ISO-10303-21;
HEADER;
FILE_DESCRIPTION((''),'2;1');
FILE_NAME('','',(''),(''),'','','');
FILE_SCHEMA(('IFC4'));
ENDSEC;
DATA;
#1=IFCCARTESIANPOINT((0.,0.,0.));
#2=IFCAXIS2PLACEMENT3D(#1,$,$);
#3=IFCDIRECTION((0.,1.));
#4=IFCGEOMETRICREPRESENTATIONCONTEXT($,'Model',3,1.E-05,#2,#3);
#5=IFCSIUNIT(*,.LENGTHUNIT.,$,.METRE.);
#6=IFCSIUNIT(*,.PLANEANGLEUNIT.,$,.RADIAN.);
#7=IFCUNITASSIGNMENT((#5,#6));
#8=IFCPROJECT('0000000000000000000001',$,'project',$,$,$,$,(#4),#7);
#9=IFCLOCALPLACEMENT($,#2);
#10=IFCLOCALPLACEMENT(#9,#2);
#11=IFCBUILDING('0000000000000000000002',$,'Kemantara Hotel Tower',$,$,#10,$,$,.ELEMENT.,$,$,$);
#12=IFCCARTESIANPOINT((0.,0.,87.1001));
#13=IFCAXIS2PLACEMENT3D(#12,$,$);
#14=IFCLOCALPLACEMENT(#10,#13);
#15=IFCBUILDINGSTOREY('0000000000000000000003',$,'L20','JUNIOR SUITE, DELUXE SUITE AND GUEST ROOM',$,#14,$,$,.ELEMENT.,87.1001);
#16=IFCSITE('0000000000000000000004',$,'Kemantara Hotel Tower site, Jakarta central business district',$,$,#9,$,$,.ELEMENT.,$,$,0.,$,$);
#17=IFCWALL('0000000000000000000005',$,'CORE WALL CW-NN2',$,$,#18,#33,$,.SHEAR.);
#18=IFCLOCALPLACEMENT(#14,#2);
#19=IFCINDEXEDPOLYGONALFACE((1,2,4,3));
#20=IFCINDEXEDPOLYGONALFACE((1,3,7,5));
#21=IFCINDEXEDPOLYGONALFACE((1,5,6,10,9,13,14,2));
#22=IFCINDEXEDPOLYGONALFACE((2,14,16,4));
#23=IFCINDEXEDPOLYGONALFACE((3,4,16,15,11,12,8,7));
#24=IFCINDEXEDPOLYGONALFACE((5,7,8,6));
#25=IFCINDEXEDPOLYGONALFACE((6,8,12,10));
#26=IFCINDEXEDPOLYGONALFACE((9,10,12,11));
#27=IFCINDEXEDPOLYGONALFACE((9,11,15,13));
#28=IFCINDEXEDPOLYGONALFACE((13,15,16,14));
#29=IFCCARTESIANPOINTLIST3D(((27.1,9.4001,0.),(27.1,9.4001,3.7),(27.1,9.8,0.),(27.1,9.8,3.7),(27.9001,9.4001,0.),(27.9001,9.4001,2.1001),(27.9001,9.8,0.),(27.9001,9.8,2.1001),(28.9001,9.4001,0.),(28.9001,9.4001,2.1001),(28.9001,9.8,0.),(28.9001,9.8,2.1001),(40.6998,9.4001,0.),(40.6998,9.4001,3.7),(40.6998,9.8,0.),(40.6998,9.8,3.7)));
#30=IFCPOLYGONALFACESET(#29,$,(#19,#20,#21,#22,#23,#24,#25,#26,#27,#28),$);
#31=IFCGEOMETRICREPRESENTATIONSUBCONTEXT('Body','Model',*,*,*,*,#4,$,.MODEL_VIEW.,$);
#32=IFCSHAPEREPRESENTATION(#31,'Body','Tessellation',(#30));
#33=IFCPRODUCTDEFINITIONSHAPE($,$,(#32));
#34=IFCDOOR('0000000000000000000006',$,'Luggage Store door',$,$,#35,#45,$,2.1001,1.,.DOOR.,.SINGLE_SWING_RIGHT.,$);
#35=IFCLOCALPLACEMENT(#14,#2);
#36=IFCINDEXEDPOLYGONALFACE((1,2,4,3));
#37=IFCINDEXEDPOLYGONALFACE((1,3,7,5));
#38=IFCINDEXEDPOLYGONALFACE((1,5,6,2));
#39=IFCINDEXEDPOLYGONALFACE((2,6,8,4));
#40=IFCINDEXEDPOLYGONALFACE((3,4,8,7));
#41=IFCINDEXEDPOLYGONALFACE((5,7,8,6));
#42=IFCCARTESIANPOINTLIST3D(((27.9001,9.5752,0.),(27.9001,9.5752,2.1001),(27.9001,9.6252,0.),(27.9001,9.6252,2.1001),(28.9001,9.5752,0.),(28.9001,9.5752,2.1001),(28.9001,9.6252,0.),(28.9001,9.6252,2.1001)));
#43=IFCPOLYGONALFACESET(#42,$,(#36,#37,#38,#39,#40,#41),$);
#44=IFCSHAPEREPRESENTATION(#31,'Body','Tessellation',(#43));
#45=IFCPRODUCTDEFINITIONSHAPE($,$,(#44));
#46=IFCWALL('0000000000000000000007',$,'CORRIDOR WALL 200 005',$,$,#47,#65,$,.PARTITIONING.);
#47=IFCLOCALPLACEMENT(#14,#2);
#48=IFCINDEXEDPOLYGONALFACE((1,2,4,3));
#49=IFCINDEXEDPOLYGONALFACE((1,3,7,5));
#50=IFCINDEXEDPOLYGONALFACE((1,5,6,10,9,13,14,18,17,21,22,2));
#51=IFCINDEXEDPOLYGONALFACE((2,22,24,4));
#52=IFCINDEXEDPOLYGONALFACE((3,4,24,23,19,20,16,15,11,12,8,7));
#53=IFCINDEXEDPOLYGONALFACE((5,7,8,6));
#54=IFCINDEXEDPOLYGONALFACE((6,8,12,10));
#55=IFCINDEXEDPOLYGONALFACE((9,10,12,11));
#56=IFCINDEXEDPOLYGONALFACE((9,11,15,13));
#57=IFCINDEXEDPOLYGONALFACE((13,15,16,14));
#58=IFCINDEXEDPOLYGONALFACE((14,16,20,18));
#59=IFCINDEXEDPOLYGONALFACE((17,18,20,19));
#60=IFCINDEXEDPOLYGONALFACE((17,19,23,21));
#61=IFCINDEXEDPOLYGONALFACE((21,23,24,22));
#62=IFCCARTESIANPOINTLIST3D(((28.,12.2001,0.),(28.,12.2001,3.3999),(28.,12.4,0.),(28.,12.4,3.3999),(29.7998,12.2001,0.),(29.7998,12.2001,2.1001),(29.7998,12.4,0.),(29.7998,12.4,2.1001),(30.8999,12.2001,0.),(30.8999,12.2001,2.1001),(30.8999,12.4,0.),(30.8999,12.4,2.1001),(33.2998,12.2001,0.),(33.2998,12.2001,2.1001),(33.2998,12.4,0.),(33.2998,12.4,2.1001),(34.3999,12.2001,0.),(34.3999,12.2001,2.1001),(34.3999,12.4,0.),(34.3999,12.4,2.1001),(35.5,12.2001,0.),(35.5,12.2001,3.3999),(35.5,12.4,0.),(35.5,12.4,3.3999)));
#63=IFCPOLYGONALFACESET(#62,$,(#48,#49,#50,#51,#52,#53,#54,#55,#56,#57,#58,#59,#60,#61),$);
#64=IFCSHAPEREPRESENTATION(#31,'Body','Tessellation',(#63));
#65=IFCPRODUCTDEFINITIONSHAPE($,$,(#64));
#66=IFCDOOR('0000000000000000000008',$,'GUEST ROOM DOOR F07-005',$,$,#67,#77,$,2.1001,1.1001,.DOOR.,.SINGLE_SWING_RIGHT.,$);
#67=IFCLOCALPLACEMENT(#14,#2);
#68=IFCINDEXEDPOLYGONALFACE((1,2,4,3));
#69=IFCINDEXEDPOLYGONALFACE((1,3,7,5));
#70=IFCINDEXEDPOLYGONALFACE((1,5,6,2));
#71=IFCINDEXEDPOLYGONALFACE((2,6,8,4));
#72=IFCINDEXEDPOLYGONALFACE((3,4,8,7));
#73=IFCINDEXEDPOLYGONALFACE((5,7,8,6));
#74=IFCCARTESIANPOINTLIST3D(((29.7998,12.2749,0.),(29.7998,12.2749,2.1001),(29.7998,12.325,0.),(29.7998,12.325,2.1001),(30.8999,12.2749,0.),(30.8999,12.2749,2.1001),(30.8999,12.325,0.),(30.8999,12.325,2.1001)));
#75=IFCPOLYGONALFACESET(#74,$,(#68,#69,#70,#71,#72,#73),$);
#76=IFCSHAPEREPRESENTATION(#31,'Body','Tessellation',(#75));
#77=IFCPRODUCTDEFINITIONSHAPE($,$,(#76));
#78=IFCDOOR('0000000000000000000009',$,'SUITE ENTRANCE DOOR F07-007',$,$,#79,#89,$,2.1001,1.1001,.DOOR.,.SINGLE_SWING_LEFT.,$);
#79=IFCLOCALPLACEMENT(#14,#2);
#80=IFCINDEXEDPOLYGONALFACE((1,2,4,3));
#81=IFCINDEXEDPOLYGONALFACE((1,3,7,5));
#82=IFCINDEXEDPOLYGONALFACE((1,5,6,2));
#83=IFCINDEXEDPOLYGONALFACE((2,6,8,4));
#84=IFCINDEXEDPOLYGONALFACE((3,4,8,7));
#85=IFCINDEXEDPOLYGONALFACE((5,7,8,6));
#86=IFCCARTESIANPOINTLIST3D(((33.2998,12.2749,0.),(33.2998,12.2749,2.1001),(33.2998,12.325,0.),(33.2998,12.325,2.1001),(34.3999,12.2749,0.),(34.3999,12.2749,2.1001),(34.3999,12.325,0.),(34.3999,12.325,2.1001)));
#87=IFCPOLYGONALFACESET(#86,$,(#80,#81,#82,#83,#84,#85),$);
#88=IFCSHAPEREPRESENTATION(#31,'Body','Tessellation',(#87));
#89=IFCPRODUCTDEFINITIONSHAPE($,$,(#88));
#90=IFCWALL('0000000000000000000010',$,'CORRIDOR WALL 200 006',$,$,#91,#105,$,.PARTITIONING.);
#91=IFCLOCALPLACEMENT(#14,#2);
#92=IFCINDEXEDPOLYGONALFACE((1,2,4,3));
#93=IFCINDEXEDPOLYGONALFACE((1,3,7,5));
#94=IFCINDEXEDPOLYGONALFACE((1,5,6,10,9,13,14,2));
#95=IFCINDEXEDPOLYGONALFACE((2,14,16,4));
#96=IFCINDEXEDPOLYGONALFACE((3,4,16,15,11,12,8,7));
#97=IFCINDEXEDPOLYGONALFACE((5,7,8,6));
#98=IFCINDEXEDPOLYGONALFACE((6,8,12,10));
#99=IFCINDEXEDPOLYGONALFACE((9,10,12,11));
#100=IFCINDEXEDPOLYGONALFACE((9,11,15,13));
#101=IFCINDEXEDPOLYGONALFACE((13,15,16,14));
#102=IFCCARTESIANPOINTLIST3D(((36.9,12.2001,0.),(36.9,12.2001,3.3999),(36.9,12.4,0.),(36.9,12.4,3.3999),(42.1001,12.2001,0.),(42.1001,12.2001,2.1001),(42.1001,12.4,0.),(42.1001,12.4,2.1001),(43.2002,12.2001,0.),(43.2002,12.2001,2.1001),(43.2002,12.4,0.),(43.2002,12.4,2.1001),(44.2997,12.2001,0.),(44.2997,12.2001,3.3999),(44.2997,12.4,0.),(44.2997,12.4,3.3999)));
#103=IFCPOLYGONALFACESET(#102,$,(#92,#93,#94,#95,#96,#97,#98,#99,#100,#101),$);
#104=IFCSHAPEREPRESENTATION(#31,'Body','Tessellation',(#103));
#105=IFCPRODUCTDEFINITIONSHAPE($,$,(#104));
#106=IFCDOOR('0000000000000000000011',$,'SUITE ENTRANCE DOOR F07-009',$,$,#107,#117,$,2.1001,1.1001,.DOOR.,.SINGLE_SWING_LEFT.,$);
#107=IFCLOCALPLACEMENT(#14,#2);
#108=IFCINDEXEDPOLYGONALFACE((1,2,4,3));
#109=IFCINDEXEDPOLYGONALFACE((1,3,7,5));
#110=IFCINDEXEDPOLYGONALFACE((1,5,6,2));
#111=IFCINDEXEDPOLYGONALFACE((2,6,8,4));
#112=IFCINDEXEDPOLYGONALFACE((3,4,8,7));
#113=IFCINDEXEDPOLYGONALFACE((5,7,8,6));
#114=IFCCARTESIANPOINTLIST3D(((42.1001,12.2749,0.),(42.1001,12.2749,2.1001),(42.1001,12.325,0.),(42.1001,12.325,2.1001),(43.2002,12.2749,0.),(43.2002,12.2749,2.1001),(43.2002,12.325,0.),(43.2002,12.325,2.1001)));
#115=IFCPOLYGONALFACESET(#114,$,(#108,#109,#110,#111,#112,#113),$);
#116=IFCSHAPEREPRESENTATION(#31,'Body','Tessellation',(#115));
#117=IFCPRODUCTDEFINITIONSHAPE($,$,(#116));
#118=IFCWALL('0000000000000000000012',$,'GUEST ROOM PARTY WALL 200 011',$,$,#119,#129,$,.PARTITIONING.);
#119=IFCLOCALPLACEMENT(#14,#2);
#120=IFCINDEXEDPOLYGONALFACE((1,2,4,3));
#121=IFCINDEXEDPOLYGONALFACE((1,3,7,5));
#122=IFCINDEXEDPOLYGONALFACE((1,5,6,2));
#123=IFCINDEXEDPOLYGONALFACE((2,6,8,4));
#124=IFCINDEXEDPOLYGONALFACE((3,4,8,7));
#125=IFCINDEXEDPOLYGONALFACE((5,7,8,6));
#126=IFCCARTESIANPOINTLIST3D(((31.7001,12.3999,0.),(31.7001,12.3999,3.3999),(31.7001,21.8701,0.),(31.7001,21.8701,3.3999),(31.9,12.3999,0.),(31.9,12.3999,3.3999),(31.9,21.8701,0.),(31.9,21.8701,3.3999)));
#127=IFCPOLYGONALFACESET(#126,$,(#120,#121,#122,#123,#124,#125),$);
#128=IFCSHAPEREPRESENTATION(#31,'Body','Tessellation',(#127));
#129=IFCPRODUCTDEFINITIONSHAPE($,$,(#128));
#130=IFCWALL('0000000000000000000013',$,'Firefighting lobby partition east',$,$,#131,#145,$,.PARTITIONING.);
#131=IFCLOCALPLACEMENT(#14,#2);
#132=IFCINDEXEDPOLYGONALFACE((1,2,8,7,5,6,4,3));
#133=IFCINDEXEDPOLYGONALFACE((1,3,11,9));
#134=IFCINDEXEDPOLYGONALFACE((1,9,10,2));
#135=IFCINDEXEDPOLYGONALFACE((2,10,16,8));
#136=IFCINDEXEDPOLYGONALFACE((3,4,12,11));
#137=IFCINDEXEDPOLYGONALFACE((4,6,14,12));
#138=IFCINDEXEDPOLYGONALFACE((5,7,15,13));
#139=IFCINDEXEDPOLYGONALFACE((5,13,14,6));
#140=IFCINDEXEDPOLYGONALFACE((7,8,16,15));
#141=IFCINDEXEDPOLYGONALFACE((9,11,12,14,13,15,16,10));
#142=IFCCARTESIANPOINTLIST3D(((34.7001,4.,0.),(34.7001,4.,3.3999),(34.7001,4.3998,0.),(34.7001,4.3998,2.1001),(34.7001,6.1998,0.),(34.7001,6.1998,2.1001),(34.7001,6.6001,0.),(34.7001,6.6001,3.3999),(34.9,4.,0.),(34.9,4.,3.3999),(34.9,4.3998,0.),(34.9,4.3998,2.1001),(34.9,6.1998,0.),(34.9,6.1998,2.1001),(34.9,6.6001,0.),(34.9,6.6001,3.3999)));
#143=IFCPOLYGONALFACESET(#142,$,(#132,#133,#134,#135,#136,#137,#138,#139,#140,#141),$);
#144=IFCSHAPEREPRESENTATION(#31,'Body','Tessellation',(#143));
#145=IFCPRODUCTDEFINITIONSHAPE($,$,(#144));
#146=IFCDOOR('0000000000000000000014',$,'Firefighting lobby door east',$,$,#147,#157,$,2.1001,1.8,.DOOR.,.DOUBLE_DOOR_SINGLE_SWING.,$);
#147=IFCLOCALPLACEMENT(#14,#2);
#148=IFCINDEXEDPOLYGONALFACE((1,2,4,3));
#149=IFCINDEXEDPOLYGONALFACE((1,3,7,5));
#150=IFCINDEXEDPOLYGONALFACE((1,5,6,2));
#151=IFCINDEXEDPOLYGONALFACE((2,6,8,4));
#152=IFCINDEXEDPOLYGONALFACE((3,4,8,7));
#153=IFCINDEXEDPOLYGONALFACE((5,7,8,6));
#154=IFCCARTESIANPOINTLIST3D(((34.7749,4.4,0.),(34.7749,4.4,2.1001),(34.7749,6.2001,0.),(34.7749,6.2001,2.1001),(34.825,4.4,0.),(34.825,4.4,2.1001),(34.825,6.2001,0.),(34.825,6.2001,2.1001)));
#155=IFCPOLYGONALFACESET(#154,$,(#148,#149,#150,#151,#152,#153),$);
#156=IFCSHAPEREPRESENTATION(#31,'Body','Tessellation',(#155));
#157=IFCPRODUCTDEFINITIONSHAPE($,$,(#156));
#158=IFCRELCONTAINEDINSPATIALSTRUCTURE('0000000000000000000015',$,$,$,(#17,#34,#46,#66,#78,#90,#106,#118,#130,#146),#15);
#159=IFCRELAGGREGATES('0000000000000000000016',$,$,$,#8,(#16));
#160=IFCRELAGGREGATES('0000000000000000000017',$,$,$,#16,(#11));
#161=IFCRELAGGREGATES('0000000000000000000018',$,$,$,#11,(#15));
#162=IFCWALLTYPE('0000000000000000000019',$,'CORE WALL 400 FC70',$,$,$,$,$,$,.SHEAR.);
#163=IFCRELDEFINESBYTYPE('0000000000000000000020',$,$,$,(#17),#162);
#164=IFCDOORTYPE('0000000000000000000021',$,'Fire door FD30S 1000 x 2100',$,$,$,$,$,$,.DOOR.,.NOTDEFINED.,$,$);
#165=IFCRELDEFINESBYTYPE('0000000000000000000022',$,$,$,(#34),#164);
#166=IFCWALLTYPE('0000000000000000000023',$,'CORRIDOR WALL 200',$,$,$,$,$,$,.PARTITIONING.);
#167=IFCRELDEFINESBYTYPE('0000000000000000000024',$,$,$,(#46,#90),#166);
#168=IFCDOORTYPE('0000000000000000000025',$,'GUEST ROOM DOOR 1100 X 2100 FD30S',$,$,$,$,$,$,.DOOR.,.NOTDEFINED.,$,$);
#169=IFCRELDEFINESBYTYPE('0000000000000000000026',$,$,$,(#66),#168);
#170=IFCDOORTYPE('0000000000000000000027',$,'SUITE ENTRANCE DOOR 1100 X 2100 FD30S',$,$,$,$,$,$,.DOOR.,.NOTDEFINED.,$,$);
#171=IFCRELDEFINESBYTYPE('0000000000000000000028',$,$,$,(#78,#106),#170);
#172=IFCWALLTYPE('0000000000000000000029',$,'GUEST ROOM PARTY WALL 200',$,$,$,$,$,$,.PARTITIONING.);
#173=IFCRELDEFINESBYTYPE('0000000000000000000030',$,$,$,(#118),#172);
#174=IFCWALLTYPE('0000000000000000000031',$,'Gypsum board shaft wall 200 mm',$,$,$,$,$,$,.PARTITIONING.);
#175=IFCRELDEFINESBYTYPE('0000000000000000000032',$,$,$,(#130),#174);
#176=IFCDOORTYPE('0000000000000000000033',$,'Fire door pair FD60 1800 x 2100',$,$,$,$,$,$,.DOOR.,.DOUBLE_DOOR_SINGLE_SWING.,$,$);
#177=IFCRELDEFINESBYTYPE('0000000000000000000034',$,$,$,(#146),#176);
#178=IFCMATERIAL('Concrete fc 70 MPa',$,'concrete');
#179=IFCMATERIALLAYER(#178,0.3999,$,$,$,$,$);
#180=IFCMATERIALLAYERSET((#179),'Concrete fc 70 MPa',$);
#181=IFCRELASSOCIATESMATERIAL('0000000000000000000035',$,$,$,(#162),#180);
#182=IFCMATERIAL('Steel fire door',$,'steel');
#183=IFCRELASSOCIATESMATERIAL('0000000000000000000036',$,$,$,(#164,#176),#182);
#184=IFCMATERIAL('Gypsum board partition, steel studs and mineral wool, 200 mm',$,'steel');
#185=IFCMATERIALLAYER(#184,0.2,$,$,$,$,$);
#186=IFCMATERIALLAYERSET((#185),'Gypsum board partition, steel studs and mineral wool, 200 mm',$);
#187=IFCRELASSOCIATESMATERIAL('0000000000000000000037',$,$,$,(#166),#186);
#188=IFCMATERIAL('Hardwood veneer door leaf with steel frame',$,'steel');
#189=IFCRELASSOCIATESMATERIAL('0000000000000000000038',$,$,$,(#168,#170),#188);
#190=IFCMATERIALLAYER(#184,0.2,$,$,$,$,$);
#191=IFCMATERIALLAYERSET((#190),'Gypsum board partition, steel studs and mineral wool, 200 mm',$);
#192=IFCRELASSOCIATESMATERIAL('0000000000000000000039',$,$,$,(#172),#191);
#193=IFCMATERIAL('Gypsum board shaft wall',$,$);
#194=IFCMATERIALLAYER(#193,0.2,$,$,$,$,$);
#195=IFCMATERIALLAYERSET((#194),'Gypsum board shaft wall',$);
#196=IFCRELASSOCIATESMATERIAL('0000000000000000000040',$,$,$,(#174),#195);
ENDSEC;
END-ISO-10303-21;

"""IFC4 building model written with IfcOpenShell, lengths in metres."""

from ifc_helpers import new_model, si_unit, direction, frame, frame_2d, origin, place, context, subcontext, project, spatial, rectangle, extrude, material, layer, layer_set, type_object, element, fill, save


model = new_model("IFC4")

# Units and contexts
model_context = context("Model", 3, precision=1e-05, world=origin(), true_north=direction((0.0, 1.0)))
body_context = subcontext(model_context, "Body", "Model", "MODEL_VIEW")
ifc_project = project(units=[si_unit("LENGTHUNIT", "METRE"), si_unit("PLANEANGLEUNIT", "RADIAN")], contexts=[model_context])

# Site, building, storey
site_placement = place(None, origin())
site = spatial("IfcSite", under=ifc_project, at=site_placement, Name="Kemantara Hotel Tower site, Jakarta central business district", CompositionType="ELEMENT", RefElevation=0.0)
building_placement = place(site_placement, origin())
building = spatial("IfcBuilding", under=site, at=building_placement, Name="Kemantara Hotel Tower", CompositionType="ELEMENT")
storey_placement = place(building_placement, frame((0.0, 0.0, 87.1001)))
storey = spatial("IfcBuildingStorey", under=building, at=storey_placement, Name="L20", Description="JUNIOR SUITE, DELUXE SUITE AND GUEST ROOM", CompositionType="ELEMENT", Elevation=87.1001)

# Shared definitions
ifc_material_1 = material(Name="Concrete fc 70 MPa", Category="concrete")

# Wall, opening, door
ifc_layer_1 = layer(ifc_material_1, 0.3999)
ifc_layer_set_1 = layer_set([ifc_layer_1], Name="Concrete fc 70 MPa")
wall_type_1 = type_object("IfcWallType", Name="CORE WALL 400 FC70", PredefinedType="SHEAR", material=ifc_layer_set_1)
wall_1_placement = place(storey_placement, frame((27.1001, 9.6001, 0.0), z_axis=(0.0, 0.0, 1.0), x_axis=(1.0, 0.0, 0.0)))
wall_1 = element("IfcWall", 1, at=wall_1_placement, inside=storey, type_object=wall_type_1, Name="CORE WALL CW-NN2", PredefinedType="SHEAR", context=body_context, shape_type="SweptSolid", body=[
    extrude(rectangle(XDim=13.5999, YDim=0.3999, at=frame_2d((6.7998, 0.0))), origin(), (0.0, 0.0, 1.0), 3.7),
])
opening_1_placement = place(wall_1_placement, frame((0.8, 0.0, 0.0)))
opening_1 = element("IfcOpeningElement", 2, at=opening_1_placement, cuts=wall_1, PredefinedType="OPENING", context=body_context, shape_type="SweptSolid", body=[
    extrude(rectangle(XDim=1.0, YDim=2.1001, at=frame_2d((0.5, 1.05))), frame((0.0, 0.21, 0.0), z_axis=(0.0, -1.0, 0.0), x_axis=(1.0, 0.0, 0.0)), (0.0, 0.0, 1.0), 0.4199),
])
ifc_material_2 = material(Name="Steel fire door", Category="steel")
door_type_1 = type_object("IfcDoorType", Name="Fire door FD30S 1000 x 2100", OperationType="NOTDEFINED", PredefinedType="DOOR", material=ifc_material_2)
door_1_placement = place(opening_1_placement, frame((1.0, 0.0, 0.0), z_axis=(0.0, 0.0, 1.0), x_axis=(-1.0, 0.0, 0.0)))
door_1 = element("IfcDoor", 3, at=door_1_placement, inside=storey, type_object=door_type_1, Name="Luggage Store door", OperationType="SINGLE_SWING_RIGHT", OverallHeight=2.1001, OverallWidth=1.0, PredefinedType="DOOR", context=body_context, shape_type="SweptSolid", body=[
    extrude(rectangle(XDim=1.0, YDim=2.1001, at=frame_2d((0.5, 1.05))), frame((0.0, 0.0249, 0.0), z_axis=(0.0, -1.0, 0.0), x_axis=(1.0, 0.0, 0.0)), (0.0, 0.0, 1.0), 0.05),
])
fill(opening_1, door_1)

# Wall, openings, doors
ifc_material_3 = material(Name="Gypsum board partition, steel studs and mineral wool, 200 mm", Category="steel")
ifc_layer_2 = layer(ifc_material_3, 0.2)
ifc_layer_set_2 = layer_set([ifc_layer_2], Name="Gypsum board partition, steel studs and mineral wool, 200 mm")
wall_type_2 = type_object("IfcWallType", Name="CORRIDOR WALL 200", PredefinedType="PARTITIONING", material=ifc_layer_set_2)
wall_2_placement = place(storey_placement, frame((28.0, 12.3, 0.0), z_axis=(0.0, 0.0, 1.0), x_axis=(1.0, 0.0, 0.0)))
wall_2 = element("IfcWall", 4, at=wall_2_placement, inside=storey, type_object=wall_type_2, Name="CORRIDOR WALL 200 005", PredefinedType="PARTITIONING", context=body_context, shape_type="SweptSolid", body=[
    extrude(rectangle(XDim=7.5, YDim=0.2, at=frame_2d((3.75, 0.0))), origin(), (0.0, 0.0, 1.0), 3.3999),
])
opening_2_placement = place(wall_2_placement, frame((1.7998, 0.0, 0.0)))
opening_2 = element("IfcOpeningElement", 5, at=opening_2_placement, cuts=wall_2, PredefinedType="OPENING", context=body_context, shape_type="SweptSolid", body=[
    extrude(rectangle(XDim=1.1001, YDim=2.1001, at=frame_2d((0.55, 1.05))), frame((0.0, 0.1099, 0.0), z_axis=(0.0, -1.0, 0.0), x_axis=(1.0, 0.0, 0.0)), (0.0, 0.0, 1.0), 0.22),
])
opening_3_placement = place(wall_2_placement, frame((5.2998, 0.0, 0.0)))
opening_3 = element("IfcOpeningElement", 6, at=opening_3_placement, cuts=wall_2, PredefinedType="OPENING", context=body_context, shape_type="SweptSolid", body=[
    extrude(rectangle(XDim=1.1001, YDim=2.1001, at=frame_2d((0.55, 1.05))), frame((0.0, 0.1099, 0.0), z_axis=(0.0, -1.0, 0.0), x_axis=(1.0, 0.0, 0.0)), (0.0, 0.0, 1.0), 0.22),
])
ifc_material_4 = material(Name="Hardwood veneer door leaf with steel frame", Category="steel")
door_type_2 = type_object("IfcDoorType", Name="GUEST ROOM DOOR 1100 X 2100 FD30S", OperationType="NOTDEFINED", PredefinedType="DOOR", material=ifc_material_4)
door_2_placement = place(opening_2_placement, origin())
door_2 = element("IfcDoor", 7, at=door_2_placement, inside=storey, type_object=door_type_2, Name="GUEST ROOM DOOR F07-005", OperationType="SINGLE_SWING_RIGHT", OverallHeight=2.1001, OverallWidth=1.1001, PredefinedType="DOOR", context=body_context, shape_type="SweptSolid", body=[
    extrude(rectangle(XDim=1.1001, YDim=2.1001, at=frame_2d((0.55, 1.05))), frame((0.0, 0.0249, 0.0), z_axis=(0.0, -1.0, 0.0), x_axis=(1.0, 0.0, 0.0)), (0.0, 0.0, 1.0), 0.05),
])
fill(opening_2, door_2)
door_type_3 = type_object("IfcDoorType", Name="SUITE ENTRANCE DOOR 1100 X 2100 FD30S", OperationType="NOTDEFINED", PredefinedType="DOOR", material=ifc_material_4)
door_3_placement = place(opening_3_placement, origin())
door_3 = element("IfcDoor", 8, at=door_3_placement, inside=storey, type_object=door_type_3, Name="SUITE ENTRANCE DOOR F07-007", OperationType="SINGLE_SWING_LEFT", OverallHeight=2.1001, OverallWidth=1.1001, PredefinedType="DOOR", context=body_context, shape_type="SweptSolid", body=[
    extrude(rectangle(XDim=1.1001, YDim=2.1001, at=frame_2d((0.55, 1.05))), frame((0.0, 0.0249, 0.0), z_axis=(0.0, -1.0, 0.0), x_axis=(1.0, 0.0, 0.0)), (0.0, 0.0, 1.0), 0.05),
])
fill(opening_3, door_3)

# Wall, opening, door
wall_3_placement = place(storey_placement, frame((36.9001, 12.3, 0.0), z_axis=(0.0, 0.0, 1.0), x_axis=(1.0, 0.0, 0.0)))
wall_3 = element("IfcWall", 9, at=wall_3_placement, inside=storey, type_object=wall_type_2, Name="CORRIDOR WALL 200 006", PredefinedType="PARTITIONING", context=body_context, shape_type="SweptSolid", body=[
    extrude(rectangle(XDim=7.3997, YDim=0.2, at=frame_2d((3.6997, 0.0))), origin(), (0.0, 0.0, 1.0), 3.3999),
])
opening_4_placement = place(wall_3_placement, frame((5.2, 0.0, 0.0)))
opening_4 = element("IfcOpeningElement", 10, at=opening_4_placement, cuts=wall_3, PredefinedType="OPENING", context=body_context, shape_type="SweptSolid", body=[
    extrude(rectangle(XDim=1.1001, YDim=2.1001, at=frame_2d((0.55, 1.05))), frame((0.0, 0.1099, 0.0), z_axis=(0.0, -1.0, 0.0), x_axis=(1.0, 0.0, 0.0)), (0.0, 0.0, 1.0), 0.22),
])
door_4_placement = place(opening_4_placement, origin())
door_4 = element("IfcDoor", 11, at=door_4_placement, inside=storey, type_object=door_type_3, Name="SUITE ENTRANCE DOOR F07-009", OperationType="SINGLE_SWING_LEFT", OverallHeight=2.1001, OverallWidth=1.1001, PredefinedType="DOOR", context=body_context, shape_type="SweptSolid", body=[
    extrude(rectangle(XDim=1.1001, YDim=2.1001, at=frame_2d((0.55, 1.05))), frame((0.0, 0.0249, 0.0), z_axis=(0.0, -1.0, 0.0), x_axis=(1.0, 0.0, 0.0)), (0.0, 0.0, 1.0), 0.05),
])
fill(opening_4, door_4)

# Wall
ifc_layer_3 = layer(ifc_material_3, 0.2)
ifc_layer_set_3 = layer_set([ifc_layer_3], Name="Gypsum board partition, steel studs and mineral wool, 200 mm")
wall_type_3 = type_object("IfcWallType", Name="GUEST ROOM PARTY WALL 200", PredefinedType="PARTITIONING", material=ifc_layer_set_3)
wall_4_placement = place(storey_placement, frame((31.8, 12.3999, 0.0), z_axis=(0.0, 0.0, 1.0), x_axis=(0.0, 1.0, 0.0)))
element("IfcWall", 12, at=wall_4_placement, inside=storey, type_object=wall_type_3, Name="GUEST ROOM PARTY WALL 200 011", PredefinedType="PARTITIONING", context=body_context, shape_type="SweptSolid", body=[
    extrude(rectangle(XDim=9.4702, YDim=0.2, at=frame_2d((4.7351, 0.0))), origin(), (0.0, 0.0, 1.0), 3.3999),
])

# Wall, opening, door
ifc_material_5 = material(Name="Gypsum board shaft wall")
ifc_layer_4 = layer(ifc_material_5, 0.2)
ifc_layer_set_4 = layer_set([ifc_layer_4], Name="Gypsum board shaft wall")
wall_type_4 = type_object("IfcWallType", Name="Gypsum board shaft wall 200 mm", PredefinedType="PARTITIONING", material=ifc_layer_set_4)
wall_5_placement = place(storey_placement, frame((34.8, 4.0, 0.0), z_axis=(0.0, 0.0, 1.0), x_axis=(0.0, 1.0, 0.0)))
wall_5 = element("IfcWall", 13, at=wall_5_placement, inside=storey, type_object=wall_type_4, Name="Firefighting lobby partition east", PredefinedType="PARTITIONING", context=body_context, shape_type="SweptSolid", body=[
    extrude(rectangle(XDim=2.6001, YDim=0.2, at=frame_2d((1.3, 0.0))), origin(), (0.0, 0.0, 1.0), 3.3999),
])
opening_5_placement = place(wall_5_placement, frame((0.3999, 0.0, 0.0)))
opening_5 = element("IfcOpeningElement", 14, at=opening_5_placement, cuts=wall_5, PredefinedType="OPENING", context=body_context, shape_type="SweptSolid", body=[
    extrude(rectangle(XDim=1.8, YDim=2.1001, at=frame_2d((0.8999, 1.05))), frame((0.0, 0.1099, 0.0), z_axis=(0.0, -1.0, 0.0), x_axis=(1.0, 0.0, 0.0)), (0.0, 0.0, 1.0), 0.22),
])
door_type_4 = type_object("IfcDoorType", Name="Fire door pair FD60 1800 x 2100", OperationType="DOUBLE_DOOR_SINGLE_SWING", PredefinedType="DOOR", material=ifc_material_2)
door_5_placement = place(opening_5_placement, frame((1.8, 0.0, 0.0), z_axis=(0.0, 0.0, 1.0), x_axis=(-1.0, 0.0, 0.0)))
door_5 = element("IfcDoor", 15, at=door_5_placement, inside=storey, type_object=door_type_4, Name="Firefighting lobby door east", OperationType="DOUBLE_DOOR_SINGLE_SWING", OverallHeight=2.1001, OverallWidth=1.8, PredefinedType="DOOR", context=body_context, shape_type="SweptSolid", body=[
    extrude(rectangle(XDim=1.8, YDim=2.1001, at=frame_2d((0.8999, 1.05))), frame((0.0, 0.0249, 0.0), z_axis=(0.0, -1.0, 0.0), x_axis=(1.0, 0.0, 0.0)), (0.0, 0.0, 1.0), 0.05),
])
fill(opening_5, door_5)

save(model, "model.ifc")
